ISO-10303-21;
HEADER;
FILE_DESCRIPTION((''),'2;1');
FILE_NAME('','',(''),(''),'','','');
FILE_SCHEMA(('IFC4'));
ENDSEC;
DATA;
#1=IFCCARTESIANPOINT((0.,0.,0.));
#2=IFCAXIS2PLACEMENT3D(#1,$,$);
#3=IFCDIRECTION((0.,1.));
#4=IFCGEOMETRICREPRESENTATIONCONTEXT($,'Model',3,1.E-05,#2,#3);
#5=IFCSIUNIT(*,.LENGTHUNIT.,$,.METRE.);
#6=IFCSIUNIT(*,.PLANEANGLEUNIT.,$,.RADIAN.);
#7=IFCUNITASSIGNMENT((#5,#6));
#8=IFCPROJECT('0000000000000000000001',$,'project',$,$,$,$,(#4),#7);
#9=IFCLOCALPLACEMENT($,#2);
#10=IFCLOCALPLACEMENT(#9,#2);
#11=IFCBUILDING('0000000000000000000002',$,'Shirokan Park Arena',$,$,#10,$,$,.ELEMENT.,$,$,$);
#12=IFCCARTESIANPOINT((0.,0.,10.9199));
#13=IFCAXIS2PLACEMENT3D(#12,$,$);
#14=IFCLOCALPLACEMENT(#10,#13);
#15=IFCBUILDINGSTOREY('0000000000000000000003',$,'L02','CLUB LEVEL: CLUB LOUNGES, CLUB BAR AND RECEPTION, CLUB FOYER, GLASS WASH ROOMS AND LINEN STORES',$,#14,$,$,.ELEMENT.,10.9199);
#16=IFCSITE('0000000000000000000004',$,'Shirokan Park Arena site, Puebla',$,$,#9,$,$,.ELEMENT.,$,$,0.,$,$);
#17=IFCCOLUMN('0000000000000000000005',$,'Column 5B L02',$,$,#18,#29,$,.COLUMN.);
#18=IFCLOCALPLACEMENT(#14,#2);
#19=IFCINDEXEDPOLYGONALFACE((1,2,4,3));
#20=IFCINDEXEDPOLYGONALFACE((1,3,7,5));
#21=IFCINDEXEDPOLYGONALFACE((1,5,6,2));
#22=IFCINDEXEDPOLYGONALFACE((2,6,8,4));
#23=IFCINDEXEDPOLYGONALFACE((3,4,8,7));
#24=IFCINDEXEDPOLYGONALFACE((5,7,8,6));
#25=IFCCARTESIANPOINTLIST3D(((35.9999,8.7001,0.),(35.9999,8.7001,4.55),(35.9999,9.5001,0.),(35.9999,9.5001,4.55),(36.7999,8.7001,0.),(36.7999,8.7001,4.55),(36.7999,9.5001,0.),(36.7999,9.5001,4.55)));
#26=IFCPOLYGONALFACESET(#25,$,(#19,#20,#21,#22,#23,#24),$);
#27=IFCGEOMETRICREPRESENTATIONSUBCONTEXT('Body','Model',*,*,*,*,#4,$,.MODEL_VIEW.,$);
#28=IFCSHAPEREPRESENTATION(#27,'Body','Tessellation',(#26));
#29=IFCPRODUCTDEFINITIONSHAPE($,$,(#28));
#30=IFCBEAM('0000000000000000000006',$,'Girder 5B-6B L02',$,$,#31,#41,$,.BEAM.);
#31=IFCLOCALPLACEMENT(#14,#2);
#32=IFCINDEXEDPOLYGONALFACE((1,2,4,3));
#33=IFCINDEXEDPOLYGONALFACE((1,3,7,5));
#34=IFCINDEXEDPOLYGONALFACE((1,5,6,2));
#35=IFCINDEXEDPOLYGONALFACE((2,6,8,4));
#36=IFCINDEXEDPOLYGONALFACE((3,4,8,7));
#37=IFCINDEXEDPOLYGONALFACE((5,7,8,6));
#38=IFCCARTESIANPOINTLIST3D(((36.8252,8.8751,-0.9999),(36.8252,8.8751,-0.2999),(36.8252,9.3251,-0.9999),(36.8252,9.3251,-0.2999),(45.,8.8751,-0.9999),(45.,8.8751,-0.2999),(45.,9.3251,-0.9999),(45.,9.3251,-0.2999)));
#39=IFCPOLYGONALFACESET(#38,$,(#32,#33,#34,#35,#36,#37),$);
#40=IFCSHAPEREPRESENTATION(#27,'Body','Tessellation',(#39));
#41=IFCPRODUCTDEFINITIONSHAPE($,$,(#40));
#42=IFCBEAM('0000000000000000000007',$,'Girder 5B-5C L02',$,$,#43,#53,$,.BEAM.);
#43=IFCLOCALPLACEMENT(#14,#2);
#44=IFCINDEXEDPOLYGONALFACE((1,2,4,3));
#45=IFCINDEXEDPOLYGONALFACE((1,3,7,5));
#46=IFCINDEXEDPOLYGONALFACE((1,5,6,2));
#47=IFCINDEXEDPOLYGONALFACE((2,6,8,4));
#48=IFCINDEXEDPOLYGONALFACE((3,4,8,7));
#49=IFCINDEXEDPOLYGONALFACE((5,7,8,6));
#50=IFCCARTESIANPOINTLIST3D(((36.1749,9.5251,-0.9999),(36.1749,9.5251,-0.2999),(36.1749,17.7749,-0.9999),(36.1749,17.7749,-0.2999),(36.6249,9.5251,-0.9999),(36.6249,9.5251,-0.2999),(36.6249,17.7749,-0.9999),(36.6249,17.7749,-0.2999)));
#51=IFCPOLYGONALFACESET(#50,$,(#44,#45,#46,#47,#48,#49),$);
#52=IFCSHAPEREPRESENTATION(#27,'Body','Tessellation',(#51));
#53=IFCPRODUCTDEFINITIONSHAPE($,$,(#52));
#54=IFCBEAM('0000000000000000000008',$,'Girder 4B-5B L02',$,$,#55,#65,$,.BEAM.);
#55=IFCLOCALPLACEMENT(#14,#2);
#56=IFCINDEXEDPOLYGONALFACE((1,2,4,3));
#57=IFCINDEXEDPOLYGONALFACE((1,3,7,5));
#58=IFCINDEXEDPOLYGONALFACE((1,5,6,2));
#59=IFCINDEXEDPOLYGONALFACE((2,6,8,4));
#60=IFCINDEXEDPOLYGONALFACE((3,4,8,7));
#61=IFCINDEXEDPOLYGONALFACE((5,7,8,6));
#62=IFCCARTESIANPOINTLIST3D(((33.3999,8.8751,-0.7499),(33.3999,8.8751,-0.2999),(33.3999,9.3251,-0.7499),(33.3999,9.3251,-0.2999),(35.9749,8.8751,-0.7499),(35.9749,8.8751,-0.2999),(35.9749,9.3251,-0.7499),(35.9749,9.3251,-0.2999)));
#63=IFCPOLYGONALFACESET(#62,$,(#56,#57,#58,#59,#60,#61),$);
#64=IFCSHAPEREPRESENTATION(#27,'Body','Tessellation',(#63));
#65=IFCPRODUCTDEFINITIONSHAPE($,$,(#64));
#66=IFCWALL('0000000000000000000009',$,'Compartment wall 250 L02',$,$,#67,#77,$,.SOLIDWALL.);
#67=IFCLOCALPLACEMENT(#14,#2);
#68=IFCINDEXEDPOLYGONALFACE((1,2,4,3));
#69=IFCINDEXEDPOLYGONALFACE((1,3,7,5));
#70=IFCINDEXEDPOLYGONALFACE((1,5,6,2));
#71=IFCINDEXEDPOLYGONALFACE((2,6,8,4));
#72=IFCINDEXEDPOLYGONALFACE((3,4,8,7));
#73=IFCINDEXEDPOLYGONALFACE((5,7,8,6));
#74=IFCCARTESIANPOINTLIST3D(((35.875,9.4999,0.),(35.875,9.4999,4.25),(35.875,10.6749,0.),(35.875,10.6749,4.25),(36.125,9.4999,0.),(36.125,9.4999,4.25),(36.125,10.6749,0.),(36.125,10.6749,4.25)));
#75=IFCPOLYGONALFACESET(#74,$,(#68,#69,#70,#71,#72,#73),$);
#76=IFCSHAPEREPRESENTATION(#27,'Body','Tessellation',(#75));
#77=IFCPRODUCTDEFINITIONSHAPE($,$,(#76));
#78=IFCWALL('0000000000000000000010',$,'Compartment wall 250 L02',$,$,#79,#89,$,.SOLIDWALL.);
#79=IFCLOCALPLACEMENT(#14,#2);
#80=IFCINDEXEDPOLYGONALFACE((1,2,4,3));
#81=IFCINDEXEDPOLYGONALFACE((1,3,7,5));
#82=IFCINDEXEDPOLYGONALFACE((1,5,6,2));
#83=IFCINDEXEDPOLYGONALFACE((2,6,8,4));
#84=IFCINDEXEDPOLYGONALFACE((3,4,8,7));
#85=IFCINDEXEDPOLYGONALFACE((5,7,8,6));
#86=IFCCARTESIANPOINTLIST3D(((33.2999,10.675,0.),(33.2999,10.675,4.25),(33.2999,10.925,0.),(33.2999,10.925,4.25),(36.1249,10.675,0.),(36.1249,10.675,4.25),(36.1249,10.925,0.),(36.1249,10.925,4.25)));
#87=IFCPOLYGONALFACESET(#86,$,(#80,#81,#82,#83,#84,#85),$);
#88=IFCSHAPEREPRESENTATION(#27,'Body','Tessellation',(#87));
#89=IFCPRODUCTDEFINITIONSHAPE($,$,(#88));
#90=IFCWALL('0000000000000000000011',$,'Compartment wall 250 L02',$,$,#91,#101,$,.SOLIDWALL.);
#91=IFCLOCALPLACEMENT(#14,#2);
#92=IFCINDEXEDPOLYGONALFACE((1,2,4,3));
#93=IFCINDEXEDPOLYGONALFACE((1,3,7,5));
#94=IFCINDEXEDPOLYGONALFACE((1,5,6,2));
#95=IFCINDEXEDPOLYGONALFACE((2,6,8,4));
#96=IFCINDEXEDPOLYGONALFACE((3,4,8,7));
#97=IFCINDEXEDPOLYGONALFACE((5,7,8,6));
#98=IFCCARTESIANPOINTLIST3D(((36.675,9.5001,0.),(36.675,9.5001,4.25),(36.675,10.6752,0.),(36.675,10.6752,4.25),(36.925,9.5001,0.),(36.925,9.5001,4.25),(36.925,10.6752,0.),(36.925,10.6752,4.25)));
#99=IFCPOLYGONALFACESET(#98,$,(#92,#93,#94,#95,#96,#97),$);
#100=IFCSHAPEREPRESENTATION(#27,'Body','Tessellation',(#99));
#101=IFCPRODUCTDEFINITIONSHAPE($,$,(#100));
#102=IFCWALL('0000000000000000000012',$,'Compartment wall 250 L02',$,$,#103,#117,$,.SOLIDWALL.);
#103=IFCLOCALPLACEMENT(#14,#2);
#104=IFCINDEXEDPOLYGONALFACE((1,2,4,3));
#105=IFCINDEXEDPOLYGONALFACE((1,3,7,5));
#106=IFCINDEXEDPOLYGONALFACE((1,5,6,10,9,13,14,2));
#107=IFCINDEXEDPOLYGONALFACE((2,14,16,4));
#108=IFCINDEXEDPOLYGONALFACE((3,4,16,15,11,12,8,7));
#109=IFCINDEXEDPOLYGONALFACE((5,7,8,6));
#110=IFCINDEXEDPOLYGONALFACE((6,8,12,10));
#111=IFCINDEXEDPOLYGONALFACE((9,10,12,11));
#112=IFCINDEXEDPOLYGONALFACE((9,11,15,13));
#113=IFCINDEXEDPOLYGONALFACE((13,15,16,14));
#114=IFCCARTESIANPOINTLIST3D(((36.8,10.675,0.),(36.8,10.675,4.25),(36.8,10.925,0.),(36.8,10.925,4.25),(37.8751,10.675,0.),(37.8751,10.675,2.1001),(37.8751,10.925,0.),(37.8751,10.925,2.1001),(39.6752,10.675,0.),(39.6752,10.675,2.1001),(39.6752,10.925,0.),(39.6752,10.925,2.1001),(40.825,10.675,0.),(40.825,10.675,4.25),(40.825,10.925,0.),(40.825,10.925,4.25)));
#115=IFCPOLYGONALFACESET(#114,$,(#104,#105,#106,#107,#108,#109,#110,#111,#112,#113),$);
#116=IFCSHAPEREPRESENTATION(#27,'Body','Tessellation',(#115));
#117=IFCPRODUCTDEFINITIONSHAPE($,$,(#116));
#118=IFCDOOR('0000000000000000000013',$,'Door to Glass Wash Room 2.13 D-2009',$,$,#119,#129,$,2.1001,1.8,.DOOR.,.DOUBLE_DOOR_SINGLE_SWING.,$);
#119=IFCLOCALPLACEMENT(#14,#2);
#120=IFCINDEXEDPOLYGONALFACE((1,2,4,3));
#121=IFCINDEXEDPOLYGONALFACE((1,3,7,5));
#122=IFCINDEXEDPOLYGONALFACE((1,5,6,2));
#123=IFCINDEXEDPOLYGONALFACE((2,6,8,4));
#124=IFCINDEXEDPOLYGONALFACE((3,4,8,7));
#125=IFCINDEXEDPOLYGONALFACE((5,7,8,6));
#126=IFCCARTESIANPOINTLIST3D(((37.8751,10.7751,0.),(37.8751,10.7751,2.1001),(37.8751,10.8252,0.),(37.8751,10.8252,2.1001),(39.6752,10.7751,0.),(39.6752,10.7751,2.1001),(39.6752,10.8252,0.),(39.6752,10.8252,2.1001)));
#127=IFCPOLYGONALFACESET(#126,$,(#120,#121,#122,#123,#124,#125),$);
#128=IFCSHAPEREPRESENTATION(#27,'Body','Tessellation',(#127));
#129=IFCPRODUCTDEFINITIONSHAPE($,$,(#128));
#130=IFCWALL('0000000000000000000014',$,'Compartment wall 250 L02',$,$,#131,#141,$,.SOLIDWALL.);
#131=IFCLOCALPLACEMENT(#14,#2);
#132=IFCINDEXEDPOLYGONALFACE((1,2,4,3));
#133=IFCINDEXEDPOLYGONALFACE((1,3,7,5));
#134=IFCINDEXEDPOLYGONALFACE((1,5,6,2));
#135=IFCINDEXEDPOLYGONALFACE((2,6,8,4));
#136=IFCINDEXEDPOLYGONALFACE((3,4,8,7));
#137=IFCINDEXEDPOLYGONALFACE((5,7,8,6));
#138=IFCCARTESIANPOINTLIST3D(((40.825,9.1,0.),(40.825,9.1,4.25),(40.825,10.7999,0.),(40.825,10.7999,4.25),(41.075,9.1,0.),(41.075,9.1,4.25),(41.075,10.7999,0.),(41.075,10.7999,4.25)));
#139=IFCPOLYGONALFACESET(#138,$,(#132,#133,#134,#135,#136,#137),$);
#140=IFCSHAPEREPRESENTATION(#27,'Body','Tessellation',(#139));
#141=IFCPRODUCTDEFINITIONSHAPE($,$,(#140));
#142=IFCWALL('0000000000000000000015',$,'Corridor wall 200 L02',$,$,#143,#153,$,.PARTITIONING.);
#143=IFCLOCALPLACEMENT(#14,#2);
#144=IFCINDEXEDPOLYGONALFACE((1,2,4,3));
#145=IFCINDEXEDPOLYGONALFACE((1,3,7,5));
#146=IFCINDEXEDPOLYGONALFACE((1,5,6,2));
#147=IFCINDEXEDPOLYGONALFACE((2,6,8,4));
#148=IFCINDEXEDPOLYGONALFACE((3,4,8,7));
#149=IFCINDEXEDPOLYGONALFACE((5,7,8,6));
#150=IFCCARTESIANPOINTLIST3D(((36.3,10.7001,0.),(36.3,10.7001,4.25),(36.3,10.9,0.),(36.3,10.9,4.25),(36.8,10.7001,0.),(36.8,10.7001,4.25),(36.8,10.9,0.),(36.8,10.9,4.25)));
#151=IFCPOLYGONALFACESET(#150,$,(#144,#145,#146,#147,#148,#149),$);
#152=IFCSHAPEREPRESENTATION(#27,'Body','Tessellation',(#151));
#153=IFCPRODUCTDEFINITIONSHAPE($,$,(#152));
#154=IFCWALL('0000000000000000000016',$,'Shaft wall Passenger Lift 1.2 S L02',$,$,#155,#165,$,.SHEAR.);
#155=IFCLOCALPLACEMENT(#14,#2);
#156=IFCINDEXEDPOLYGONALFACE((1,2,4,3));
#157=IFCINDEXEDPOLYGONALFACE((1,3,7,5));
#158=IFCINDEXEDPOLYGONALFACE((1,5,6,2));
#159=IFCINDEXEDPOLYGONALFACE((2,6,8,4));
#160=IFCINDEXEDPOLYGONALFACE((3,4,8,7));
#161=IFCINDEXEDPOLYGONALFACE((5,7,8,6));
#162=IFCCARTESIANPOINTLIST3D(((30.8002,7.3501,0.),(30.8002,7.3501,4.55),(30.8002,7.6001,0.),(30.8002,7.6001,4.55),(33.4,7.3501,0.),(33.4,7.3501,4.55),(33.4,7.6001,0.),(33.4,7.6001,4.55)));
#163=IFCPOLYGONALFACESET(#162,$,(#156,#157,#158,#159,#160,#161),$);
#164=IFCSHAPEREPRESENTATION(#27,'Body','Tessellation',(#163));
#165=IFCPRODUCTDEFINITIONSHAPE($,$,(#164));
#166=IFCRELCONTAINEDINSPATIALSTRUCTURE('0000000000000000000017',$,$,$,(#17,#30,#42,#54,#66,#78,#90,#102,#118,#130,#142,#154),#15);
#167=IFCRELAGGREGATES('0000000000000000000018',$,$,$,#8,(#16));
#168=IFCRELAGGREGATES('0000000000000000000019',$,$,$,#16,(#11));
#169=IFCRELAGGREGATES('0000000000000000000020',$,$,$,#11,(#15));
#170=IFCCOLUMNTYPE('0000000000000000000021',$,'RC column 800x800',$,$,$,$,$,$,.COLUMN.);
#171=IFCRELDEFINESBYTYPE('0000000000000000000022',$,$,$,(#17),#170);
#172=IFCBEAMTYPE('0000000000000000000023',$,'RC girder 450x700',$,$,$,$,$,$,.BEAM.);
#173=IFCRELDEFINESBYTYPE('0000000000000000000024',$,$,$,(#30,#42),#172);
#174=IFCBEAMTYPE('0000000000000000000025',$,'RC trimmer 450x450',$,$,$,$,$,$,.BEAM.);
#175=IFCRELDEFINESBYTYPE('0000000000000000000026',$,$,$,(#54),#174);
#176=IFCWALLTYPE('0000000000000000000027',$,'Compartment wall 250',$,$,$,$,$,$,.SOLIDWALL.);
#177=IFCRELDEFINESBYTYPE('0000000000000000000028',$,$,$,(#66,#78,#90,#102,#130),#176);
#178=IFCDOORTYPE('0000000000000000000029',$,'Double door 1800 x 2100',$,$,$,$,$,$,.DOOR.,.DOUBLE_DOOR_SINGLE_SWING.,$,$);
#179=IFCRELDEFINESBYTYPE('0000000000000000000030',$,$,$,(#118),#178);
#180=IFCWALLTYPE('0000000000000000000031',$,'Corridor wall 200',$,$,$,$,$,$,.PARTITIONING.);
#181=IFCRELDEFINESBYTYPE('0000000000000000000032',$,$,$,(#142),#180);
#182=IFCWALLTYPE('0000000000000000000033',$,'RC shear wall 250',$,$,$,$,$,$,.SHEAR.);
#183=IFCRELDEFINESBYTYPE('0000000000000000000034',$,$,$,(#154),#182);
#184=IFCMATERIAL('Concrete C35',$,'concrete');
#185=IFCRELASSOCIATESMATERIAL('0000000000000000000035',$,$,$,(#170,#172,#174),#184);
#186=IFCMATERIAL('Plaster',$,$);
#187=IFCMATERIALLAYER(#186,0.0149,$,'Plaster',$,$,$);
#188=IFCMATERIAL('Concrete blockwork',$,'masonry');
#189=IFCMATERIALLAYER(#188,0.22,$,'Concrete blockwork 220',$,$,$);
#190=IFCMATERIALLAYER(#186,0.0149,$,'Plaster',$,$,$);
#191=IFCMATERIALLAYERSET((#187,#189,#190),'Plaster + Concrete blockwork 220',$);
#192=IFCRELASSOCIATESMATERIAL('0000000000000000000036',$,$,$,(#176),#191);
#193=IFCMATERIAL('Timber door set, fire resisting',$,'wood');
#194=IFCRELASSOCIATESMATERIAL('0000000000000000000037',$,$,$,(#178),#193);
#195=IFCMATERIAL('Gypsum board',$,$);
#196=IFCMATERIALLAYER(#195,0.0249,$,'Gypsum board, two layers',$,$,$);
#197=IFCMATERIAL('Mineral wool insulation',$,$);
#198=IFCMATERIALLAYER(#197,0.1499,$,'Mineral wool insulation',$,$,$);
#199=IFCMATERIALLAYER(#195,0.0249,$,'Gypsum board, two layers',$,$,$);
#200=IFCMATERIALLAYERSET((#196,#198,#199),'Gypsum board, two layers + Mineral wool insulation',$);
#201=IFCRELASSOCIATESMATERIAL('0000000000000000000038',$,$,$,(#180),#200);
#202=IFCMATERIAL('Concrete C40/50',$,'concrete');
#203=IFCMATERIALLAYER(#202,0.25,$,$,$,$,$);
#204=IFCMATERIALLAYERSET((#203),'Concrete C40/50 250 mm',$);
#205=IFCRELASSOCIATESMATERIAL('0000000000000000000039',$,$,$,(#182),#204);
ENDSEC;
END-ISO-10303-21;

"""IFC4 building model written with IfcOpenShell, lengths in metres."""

from ifc_helpers import new_model, si_unit, direction, frame, frame_2d, origin, origin_2d, place, context, subcontext, project, spatial, rectangle, extrude, material, layer, layer_set, material_profile, profile_set, type_object, element, fill, save


model = new_model("IFC4")

# Units and contexts
model_context = context("Model", 3, precision=1e-05, world=origin(), true_north=direction((0.0, 1.0)))
body_context = subcontext(model_context, "Body", "Model", "MODEL_VIEW")
ifc_project = project(units=[si_unit("LENGTHUNIT", "METRE"), si_unit("PLANEANGLEUNIT", "RADIAN")], contexts=[model_context])

# Site, building, storey
site_placement = place(None, origin())
site = spatial("IfcSite", under=ifc_project, at=site_placement, Name="Shirokan Park Arena site, Puebla", CompositionType="ELEMENT", RefElevation=0.0)
building_placement = place(site_placement, origin())
building = spatial("IfcBuilding", under=site, at=building_placement, Name="Shirokan Park Arena", CompositionType="ELEMENT")
storey_placement = place(building_placement, frame((0.0, 0.0, 10.9199)))
storey = spatial("IfcBuildingStorey", under=building, at=storey_placement, Name="L02", Description="CLUB LEVEL: CLUB LOUNGES, CLUB BAR AND RECEPTION, CLUB FOYER, GLASS WASH ROOMS AND LINEN STORES", CompositionType="ELEMENT", Elevation=10.9199)

# Column
ifc_material_1 = material(Name="Concrete C35", Category="concrete")
ifc_material_profile_1 = material_profile(ifc_material_1, rectangle(XDim=0.8, YDim=0.8, at=origin_2d()), Name="800x800")
ifc_profile_set_1 = profile_set([ifc_material_profile_1], Name="Concrete C35")
column_type = type_object("IfcColumnType", Name="RC column 800x800", PredefinedType="COLUMN", material=ifc_profile_set_1)
column_placement = place(storey_placement, frame((36.3999, 9.1001, 0.0), z_axis=(0.0, 0.0, 1.0), x_axis=(1.0, 0.0, 0.0)))
element("IfcColumn", 1, at=column_placement, inside=storey, type_object=column_type, Name="Column 5B L02", PredefinedType="COLUMN", context=body_context, shape_type="SweptSolid", body=[
    extrude(rectangle(XDim=0.8, YDim=0.8, at=origin_2d()), origin(), (0.0, 0.0, 1.0), 4.55),
])

# Beams
ifc_material_profile_2 = material_profile(ifc_material_1, rectangle(XDim=0.45, YDim=0.7, at=origin_2d()), Name="450x700")
ifc_profile_set_2 = profile_set([ifc_material_profile_2], Name="Concrete C35")
beam_type_1 = type_object("IfcBeamType", Name="RC girder 450x700", PredefinedType="BEAM", material=ifc_profile_set_2)
beam_1_placement = place(storey_placement, frame((36.8252, 9.1001, -0.6499), z_axis=(1.0, 0.0, 0.0), x_axis=(0.0, 1.0, 0.0)))
element("IfcBeam", 2, at=beam_1_placement, inside=storey, type_object=beam_type_1, Name="Girder 5B-6B L02", PredefinedType="BEAM", context=body_context, shape_type="SweptSolid", body=[
    extrude(rectangle(XDim=0.45, YDim=0.7, at=origin_2d()), origin(), (0.0, 0.0, 1.0), 8.1748),
])
beam_2_placement = place(storey_placement, frame((36.3999, 9.5251, -0.6499), z_axis=(0.0, 1.0, 0.0), x_axis=(-1.0, 0.0, 0.0)))
element("IfcBeam", 3, at=beam_2_placement, inside=storey, type_object=beam_type_1, Name="Girder 5B-5C L02", PredefinedType="BEAM", context=body_context, shape_type="SweptSolid", body=[
    extrude(rectangle(XDim=0.45, YDim=0.7, at=origin_2d()), origin(), (0.0, 0.0, 1.0), 8.2498),
])
ifc_material_profile_3 = material_profile(ifc_material_1, rectangle(XDim=0.45, YDim=0.45, at=origin_2d()), Name="450x450")
ifc_profile_set_3 = profile_set([ifc_material_profile_3], Name="Concrete C35")
beam_type_2 = type_object("IfcBeamType", Name="RC trimmer 450x450", PredefinedType="BEAM", material=ifc_profile_set_3)
beam_3_placement = place(storey_placement, frame((33.3999, 9.1001, -0.5249), z_axis=(1.0, 0.0, 0.0), x_axis=(0.0, 1.0, 0.0)))
element("IfcBeam", 4, at=beam_3_placement, inside=storey, type_object=beam_type_2, Name="Girder 4B-5B L02", PredefinedType="BEAM", context=body_context, shape_type="SweptSolid", body=[
    extrude(rectangle(XDim=0.45, YDim=0.45, at=origin_2d()), origin(), (0.0, 0.0, 1.0), 2.575),
])

# Walls
ifc_material_2 = material(Name="Plaster")
ifc_layer_1 = layer(ifc_material_2, 0.0149, Name="Plaster")
ifc_material_3 = material(Name="Concrete blockwork", Category="masonry")
ifc_layer_2 = layer(ifc_material_3, 0.22, Name="Concrete blockwork 220")
ifc_layer_3 = layer(ifc_material_2, 0.0149, Name="Plaster")
ifc_layer_set_1 = layer_set([ifc_layer_1, ifc_layer_2, ifc_layer_3], Name="Plaster + Concrete blockwork 220")
wall_type_1 = type_object("IfcWallType", Name="Compartment wall 250", PredefinedType="SOLIDWALL", material=ifc_layer_set_1)
wall_1_placement = place(storey_placement, frame((36.0, 9.5, 0.0), z_axis=(0.0, 0.0, 1.0), x_axis=(0.0, 1.0, 0.0)))
element("IfcWall", 5, at=wall_1_placement, inside=storey, type_object=wall_type_1, Name="Compartment wall 250 L02", PredefinedType="SOLIDWALL", context=body_context, shape_type="SweptSolid", body=[
    extrude(rectangle(XDim=1.175, YDim=0.25, at=frame_2d((0.5874, 0.0))), origin(), (0.0, 0.0, 1.0), 4.25),
])
wall_2_placement = place(storey_placement, frame((36.125, 10.8, 0.0), z_axis=(0.0, 0.0, 1.0), x_axis=(-1.0, 0.0, 0.0)))
element("IfcWall", 6, at=wall_2_placement, inside=storey, type_object=wall_type_1, Name="Compartment wall 250 L02", PredefinedType="SOLIDWALL", context=body_context, shape_type="SweptSolid", body=[
    extrude(rectangle(XDim=2.825, YDim=0.25, at=frame_2d((1.4126, 0.0))), origin(), (0.0, 0.0, 1.0), 4.25),
])
wall_3_placement = place(storey_placement, frame((36.8, 10.675, 0.0), z_axis=(0.0, 0.0, 1.0), x_axis=(0.0, -1.0, 0.0)))
element("IfcWall", 7, at=wall_3_placement, inside=storey, type_object=wall_type_1, Name="Compartment wall 250 L02", PredefinedType="SOLIDWALL", context=body_context, shape_type="SweptSolid", body=[
    extrude(rectangle(XDim=1.175, YDim=0.25, at=frame_2d((0.5874, 0.0))), origin(), (0.0, 0.0, 1.0), 4.25),
])

# Wall, opening, door
wall_4_placement = place(storey_placement, frame((40.825, 10.8, 0.0), z_axis=(0.0, 0.0, 1.0), x_axis=(-1.0, 0.0, 0.0)))
wall_4 = element("IfcWall", 8, at=wall_4_placement, inside=storey, type_object=wall_type_1, Name="Compartment wall 250 L02", PredefinedType="SOLIDWALL", context=body_context, shape_type="SweptSolid", body=[
    extrude(rectangle(XDim=4.0249, YDim=0.25, at=frame_2d((2.0125, 0.0))), origin(), (0.0, 0.0, 1.0), 4.25),
])
opening_1_placement = place(wall_4_placement, frame((1.1499, 0.0, 0.0)))
opening_1 = element("IfcOpeningElement", 9, at=opening_1_placement, cuts=wall_4, PredefinedType="OPENING", context=body_context, shape_type="SweptSolid", body=[
    extrude(rectangle(XDim=1.8, YDim=2.1001, at=frame_2d((0.8999, 1.05))), frame((0.0, 0.135, 0.0), z_axis=(0.0, -1.0, 0.0), x_axis=(1.0, 0.0, 0.0)), (0.0, 0.0, 1.0), 0.27),
])
ifc_material_4 = material(Name="Timber door set, fire resisting", Category="wood")
door_type_1 = type_object("IfcDoorType", Name="Double door 1800 x 2100", OperationType="DOUBLE_DOOR_SINGLE_SWING", PredefinedType="DOOR", material=ifc_material_4)
door_1_placement = place(opening_1_placement, origin())
door_1 = element("IfcDoor", 10, at=door_1_placement, inside=storey, type_object=door_type_1, Name="Door to Glass Wash Room 2.13 D-2009", OperationType="DOUBLE_DOOR_SINGLE_SWING", OverallHeight=2.1001, OverallWidth=1.8, PredefinedType="DOOR", context=body_context, shape_type="SweptSolid", body=[
    extrude(rectangle(XDim=1.8, YDim=2.1001, at=frame_2d((0.8999, 1.05))), frame((0.0, 0.0249, 0.0), z_axis=(0.0, -1.0, 0.0), x_axis=(1.0, 0.0, 0.0)), (0.0, 0.0, 1.0), 0.05),
])
fill(opening_1, door_1)

# Wall
wall_5_placement = place(storey_placement, frame((40.95, 10.8, 0.0), z_axis=(0.0, 0.0, 1.0), x_axis=(0.0, -1.0, 0.0)))
element("IfcWall", 11, at=wall_5_placement, inside=storey, type_object=wall_type_1, Name="Compartment wall 250 L02", PredefinedType="SOLIDWALL", context=body_context, shape_type="SweptSolid", body=[
    extrude(rectangle(XDim=1.7, YDim=0.25, at=frame_2d((0.8501, 0.0))), origin(), (0.0, 0.0, 1.0), 4.25),
])

# Shared definitions
ifc_material_5 = material(Name="Gypsum board")
ifc_layer_4 = layer(ifc_material_5, 0.0249, Name="Gypsum board, two layers")
ifc_material_6 = material(Name="Mineral wool insulation")
ifc_layer_5 = layer(ifc_material_6, 0.1499, Name="Mineral wool insulation")
ifc_layer_6 = layer(ifc_material_5, 0.0249, Name="Gypsum board, two layers")
ifc_layer_set_2 = layer_set([ifc_layer_4, ifc_layer_5, ifc_layer_6], Name="Gypsum board, two layers + Mineral wool insulation")
wall_type_2 = type_object("IfcWallType", Name="Corridor wall 200", PredefinedType="PARTITIONING", material=ifc_layer_set_2)

# Wall
wall_6_placement = place(storey_placement, frame((36.3, 10.8, 0.0), z_axis=(0.0, 0.0, 1.0), x_axis=(1.0, 0.0, 0.0)))
element("IfcWall", 12, at=wall_6_placement, inside=storey, type_object=wall_type_2, Name="Corridor wall 200 L02", PredefinedType="PARTITIONING", context=body_context, shape_type="SweptSolid", body=[
    extrude(rectangle(XDim=0.5, YDim=0.2, at=frame_2d((0.25, 0.0))), origin(), (0.0, 0.0, 1.0), 4.25),
])

# Wall
ifc_material_7 = material(Name="Concrete C40/50", Category="concrete")
ifc_layer_7 = layer(ifc_material_7, 0.25)
ifc_layer_set_3 = layer_set([ifc_layer_7], Name="Concrete C40/50 250 mm")
wall_type_3 = type_object("IfcWallType", Name="RC shear wall 250", PredefinedType="SHEAR", material=ifc_layer_set_3)
wall_7_placement = place(storey_placement, frame((33.3999, 7.4751, 0.0), z_axis=(0.0, 0.0, 1.0), x_axis=(-1.0, 0.0, 0.0)))
element("IfcWall", 13, at=wall_7_placement, inside=storey, type_object=wall_type_3, Name="Shaft wall Passenger Lift 1.2 S L02", PredefinedType="SHEAR", context=body_context, shape_type="SweptSolid", body=[
    extrude(rectangle(XDim=2.5999, YDim=0.25, at=frame_2d((1.2998, 0.0))), origin(), (0.0, 0.0, 1.0), 4.55),
])

save(model, "model.ifc")
